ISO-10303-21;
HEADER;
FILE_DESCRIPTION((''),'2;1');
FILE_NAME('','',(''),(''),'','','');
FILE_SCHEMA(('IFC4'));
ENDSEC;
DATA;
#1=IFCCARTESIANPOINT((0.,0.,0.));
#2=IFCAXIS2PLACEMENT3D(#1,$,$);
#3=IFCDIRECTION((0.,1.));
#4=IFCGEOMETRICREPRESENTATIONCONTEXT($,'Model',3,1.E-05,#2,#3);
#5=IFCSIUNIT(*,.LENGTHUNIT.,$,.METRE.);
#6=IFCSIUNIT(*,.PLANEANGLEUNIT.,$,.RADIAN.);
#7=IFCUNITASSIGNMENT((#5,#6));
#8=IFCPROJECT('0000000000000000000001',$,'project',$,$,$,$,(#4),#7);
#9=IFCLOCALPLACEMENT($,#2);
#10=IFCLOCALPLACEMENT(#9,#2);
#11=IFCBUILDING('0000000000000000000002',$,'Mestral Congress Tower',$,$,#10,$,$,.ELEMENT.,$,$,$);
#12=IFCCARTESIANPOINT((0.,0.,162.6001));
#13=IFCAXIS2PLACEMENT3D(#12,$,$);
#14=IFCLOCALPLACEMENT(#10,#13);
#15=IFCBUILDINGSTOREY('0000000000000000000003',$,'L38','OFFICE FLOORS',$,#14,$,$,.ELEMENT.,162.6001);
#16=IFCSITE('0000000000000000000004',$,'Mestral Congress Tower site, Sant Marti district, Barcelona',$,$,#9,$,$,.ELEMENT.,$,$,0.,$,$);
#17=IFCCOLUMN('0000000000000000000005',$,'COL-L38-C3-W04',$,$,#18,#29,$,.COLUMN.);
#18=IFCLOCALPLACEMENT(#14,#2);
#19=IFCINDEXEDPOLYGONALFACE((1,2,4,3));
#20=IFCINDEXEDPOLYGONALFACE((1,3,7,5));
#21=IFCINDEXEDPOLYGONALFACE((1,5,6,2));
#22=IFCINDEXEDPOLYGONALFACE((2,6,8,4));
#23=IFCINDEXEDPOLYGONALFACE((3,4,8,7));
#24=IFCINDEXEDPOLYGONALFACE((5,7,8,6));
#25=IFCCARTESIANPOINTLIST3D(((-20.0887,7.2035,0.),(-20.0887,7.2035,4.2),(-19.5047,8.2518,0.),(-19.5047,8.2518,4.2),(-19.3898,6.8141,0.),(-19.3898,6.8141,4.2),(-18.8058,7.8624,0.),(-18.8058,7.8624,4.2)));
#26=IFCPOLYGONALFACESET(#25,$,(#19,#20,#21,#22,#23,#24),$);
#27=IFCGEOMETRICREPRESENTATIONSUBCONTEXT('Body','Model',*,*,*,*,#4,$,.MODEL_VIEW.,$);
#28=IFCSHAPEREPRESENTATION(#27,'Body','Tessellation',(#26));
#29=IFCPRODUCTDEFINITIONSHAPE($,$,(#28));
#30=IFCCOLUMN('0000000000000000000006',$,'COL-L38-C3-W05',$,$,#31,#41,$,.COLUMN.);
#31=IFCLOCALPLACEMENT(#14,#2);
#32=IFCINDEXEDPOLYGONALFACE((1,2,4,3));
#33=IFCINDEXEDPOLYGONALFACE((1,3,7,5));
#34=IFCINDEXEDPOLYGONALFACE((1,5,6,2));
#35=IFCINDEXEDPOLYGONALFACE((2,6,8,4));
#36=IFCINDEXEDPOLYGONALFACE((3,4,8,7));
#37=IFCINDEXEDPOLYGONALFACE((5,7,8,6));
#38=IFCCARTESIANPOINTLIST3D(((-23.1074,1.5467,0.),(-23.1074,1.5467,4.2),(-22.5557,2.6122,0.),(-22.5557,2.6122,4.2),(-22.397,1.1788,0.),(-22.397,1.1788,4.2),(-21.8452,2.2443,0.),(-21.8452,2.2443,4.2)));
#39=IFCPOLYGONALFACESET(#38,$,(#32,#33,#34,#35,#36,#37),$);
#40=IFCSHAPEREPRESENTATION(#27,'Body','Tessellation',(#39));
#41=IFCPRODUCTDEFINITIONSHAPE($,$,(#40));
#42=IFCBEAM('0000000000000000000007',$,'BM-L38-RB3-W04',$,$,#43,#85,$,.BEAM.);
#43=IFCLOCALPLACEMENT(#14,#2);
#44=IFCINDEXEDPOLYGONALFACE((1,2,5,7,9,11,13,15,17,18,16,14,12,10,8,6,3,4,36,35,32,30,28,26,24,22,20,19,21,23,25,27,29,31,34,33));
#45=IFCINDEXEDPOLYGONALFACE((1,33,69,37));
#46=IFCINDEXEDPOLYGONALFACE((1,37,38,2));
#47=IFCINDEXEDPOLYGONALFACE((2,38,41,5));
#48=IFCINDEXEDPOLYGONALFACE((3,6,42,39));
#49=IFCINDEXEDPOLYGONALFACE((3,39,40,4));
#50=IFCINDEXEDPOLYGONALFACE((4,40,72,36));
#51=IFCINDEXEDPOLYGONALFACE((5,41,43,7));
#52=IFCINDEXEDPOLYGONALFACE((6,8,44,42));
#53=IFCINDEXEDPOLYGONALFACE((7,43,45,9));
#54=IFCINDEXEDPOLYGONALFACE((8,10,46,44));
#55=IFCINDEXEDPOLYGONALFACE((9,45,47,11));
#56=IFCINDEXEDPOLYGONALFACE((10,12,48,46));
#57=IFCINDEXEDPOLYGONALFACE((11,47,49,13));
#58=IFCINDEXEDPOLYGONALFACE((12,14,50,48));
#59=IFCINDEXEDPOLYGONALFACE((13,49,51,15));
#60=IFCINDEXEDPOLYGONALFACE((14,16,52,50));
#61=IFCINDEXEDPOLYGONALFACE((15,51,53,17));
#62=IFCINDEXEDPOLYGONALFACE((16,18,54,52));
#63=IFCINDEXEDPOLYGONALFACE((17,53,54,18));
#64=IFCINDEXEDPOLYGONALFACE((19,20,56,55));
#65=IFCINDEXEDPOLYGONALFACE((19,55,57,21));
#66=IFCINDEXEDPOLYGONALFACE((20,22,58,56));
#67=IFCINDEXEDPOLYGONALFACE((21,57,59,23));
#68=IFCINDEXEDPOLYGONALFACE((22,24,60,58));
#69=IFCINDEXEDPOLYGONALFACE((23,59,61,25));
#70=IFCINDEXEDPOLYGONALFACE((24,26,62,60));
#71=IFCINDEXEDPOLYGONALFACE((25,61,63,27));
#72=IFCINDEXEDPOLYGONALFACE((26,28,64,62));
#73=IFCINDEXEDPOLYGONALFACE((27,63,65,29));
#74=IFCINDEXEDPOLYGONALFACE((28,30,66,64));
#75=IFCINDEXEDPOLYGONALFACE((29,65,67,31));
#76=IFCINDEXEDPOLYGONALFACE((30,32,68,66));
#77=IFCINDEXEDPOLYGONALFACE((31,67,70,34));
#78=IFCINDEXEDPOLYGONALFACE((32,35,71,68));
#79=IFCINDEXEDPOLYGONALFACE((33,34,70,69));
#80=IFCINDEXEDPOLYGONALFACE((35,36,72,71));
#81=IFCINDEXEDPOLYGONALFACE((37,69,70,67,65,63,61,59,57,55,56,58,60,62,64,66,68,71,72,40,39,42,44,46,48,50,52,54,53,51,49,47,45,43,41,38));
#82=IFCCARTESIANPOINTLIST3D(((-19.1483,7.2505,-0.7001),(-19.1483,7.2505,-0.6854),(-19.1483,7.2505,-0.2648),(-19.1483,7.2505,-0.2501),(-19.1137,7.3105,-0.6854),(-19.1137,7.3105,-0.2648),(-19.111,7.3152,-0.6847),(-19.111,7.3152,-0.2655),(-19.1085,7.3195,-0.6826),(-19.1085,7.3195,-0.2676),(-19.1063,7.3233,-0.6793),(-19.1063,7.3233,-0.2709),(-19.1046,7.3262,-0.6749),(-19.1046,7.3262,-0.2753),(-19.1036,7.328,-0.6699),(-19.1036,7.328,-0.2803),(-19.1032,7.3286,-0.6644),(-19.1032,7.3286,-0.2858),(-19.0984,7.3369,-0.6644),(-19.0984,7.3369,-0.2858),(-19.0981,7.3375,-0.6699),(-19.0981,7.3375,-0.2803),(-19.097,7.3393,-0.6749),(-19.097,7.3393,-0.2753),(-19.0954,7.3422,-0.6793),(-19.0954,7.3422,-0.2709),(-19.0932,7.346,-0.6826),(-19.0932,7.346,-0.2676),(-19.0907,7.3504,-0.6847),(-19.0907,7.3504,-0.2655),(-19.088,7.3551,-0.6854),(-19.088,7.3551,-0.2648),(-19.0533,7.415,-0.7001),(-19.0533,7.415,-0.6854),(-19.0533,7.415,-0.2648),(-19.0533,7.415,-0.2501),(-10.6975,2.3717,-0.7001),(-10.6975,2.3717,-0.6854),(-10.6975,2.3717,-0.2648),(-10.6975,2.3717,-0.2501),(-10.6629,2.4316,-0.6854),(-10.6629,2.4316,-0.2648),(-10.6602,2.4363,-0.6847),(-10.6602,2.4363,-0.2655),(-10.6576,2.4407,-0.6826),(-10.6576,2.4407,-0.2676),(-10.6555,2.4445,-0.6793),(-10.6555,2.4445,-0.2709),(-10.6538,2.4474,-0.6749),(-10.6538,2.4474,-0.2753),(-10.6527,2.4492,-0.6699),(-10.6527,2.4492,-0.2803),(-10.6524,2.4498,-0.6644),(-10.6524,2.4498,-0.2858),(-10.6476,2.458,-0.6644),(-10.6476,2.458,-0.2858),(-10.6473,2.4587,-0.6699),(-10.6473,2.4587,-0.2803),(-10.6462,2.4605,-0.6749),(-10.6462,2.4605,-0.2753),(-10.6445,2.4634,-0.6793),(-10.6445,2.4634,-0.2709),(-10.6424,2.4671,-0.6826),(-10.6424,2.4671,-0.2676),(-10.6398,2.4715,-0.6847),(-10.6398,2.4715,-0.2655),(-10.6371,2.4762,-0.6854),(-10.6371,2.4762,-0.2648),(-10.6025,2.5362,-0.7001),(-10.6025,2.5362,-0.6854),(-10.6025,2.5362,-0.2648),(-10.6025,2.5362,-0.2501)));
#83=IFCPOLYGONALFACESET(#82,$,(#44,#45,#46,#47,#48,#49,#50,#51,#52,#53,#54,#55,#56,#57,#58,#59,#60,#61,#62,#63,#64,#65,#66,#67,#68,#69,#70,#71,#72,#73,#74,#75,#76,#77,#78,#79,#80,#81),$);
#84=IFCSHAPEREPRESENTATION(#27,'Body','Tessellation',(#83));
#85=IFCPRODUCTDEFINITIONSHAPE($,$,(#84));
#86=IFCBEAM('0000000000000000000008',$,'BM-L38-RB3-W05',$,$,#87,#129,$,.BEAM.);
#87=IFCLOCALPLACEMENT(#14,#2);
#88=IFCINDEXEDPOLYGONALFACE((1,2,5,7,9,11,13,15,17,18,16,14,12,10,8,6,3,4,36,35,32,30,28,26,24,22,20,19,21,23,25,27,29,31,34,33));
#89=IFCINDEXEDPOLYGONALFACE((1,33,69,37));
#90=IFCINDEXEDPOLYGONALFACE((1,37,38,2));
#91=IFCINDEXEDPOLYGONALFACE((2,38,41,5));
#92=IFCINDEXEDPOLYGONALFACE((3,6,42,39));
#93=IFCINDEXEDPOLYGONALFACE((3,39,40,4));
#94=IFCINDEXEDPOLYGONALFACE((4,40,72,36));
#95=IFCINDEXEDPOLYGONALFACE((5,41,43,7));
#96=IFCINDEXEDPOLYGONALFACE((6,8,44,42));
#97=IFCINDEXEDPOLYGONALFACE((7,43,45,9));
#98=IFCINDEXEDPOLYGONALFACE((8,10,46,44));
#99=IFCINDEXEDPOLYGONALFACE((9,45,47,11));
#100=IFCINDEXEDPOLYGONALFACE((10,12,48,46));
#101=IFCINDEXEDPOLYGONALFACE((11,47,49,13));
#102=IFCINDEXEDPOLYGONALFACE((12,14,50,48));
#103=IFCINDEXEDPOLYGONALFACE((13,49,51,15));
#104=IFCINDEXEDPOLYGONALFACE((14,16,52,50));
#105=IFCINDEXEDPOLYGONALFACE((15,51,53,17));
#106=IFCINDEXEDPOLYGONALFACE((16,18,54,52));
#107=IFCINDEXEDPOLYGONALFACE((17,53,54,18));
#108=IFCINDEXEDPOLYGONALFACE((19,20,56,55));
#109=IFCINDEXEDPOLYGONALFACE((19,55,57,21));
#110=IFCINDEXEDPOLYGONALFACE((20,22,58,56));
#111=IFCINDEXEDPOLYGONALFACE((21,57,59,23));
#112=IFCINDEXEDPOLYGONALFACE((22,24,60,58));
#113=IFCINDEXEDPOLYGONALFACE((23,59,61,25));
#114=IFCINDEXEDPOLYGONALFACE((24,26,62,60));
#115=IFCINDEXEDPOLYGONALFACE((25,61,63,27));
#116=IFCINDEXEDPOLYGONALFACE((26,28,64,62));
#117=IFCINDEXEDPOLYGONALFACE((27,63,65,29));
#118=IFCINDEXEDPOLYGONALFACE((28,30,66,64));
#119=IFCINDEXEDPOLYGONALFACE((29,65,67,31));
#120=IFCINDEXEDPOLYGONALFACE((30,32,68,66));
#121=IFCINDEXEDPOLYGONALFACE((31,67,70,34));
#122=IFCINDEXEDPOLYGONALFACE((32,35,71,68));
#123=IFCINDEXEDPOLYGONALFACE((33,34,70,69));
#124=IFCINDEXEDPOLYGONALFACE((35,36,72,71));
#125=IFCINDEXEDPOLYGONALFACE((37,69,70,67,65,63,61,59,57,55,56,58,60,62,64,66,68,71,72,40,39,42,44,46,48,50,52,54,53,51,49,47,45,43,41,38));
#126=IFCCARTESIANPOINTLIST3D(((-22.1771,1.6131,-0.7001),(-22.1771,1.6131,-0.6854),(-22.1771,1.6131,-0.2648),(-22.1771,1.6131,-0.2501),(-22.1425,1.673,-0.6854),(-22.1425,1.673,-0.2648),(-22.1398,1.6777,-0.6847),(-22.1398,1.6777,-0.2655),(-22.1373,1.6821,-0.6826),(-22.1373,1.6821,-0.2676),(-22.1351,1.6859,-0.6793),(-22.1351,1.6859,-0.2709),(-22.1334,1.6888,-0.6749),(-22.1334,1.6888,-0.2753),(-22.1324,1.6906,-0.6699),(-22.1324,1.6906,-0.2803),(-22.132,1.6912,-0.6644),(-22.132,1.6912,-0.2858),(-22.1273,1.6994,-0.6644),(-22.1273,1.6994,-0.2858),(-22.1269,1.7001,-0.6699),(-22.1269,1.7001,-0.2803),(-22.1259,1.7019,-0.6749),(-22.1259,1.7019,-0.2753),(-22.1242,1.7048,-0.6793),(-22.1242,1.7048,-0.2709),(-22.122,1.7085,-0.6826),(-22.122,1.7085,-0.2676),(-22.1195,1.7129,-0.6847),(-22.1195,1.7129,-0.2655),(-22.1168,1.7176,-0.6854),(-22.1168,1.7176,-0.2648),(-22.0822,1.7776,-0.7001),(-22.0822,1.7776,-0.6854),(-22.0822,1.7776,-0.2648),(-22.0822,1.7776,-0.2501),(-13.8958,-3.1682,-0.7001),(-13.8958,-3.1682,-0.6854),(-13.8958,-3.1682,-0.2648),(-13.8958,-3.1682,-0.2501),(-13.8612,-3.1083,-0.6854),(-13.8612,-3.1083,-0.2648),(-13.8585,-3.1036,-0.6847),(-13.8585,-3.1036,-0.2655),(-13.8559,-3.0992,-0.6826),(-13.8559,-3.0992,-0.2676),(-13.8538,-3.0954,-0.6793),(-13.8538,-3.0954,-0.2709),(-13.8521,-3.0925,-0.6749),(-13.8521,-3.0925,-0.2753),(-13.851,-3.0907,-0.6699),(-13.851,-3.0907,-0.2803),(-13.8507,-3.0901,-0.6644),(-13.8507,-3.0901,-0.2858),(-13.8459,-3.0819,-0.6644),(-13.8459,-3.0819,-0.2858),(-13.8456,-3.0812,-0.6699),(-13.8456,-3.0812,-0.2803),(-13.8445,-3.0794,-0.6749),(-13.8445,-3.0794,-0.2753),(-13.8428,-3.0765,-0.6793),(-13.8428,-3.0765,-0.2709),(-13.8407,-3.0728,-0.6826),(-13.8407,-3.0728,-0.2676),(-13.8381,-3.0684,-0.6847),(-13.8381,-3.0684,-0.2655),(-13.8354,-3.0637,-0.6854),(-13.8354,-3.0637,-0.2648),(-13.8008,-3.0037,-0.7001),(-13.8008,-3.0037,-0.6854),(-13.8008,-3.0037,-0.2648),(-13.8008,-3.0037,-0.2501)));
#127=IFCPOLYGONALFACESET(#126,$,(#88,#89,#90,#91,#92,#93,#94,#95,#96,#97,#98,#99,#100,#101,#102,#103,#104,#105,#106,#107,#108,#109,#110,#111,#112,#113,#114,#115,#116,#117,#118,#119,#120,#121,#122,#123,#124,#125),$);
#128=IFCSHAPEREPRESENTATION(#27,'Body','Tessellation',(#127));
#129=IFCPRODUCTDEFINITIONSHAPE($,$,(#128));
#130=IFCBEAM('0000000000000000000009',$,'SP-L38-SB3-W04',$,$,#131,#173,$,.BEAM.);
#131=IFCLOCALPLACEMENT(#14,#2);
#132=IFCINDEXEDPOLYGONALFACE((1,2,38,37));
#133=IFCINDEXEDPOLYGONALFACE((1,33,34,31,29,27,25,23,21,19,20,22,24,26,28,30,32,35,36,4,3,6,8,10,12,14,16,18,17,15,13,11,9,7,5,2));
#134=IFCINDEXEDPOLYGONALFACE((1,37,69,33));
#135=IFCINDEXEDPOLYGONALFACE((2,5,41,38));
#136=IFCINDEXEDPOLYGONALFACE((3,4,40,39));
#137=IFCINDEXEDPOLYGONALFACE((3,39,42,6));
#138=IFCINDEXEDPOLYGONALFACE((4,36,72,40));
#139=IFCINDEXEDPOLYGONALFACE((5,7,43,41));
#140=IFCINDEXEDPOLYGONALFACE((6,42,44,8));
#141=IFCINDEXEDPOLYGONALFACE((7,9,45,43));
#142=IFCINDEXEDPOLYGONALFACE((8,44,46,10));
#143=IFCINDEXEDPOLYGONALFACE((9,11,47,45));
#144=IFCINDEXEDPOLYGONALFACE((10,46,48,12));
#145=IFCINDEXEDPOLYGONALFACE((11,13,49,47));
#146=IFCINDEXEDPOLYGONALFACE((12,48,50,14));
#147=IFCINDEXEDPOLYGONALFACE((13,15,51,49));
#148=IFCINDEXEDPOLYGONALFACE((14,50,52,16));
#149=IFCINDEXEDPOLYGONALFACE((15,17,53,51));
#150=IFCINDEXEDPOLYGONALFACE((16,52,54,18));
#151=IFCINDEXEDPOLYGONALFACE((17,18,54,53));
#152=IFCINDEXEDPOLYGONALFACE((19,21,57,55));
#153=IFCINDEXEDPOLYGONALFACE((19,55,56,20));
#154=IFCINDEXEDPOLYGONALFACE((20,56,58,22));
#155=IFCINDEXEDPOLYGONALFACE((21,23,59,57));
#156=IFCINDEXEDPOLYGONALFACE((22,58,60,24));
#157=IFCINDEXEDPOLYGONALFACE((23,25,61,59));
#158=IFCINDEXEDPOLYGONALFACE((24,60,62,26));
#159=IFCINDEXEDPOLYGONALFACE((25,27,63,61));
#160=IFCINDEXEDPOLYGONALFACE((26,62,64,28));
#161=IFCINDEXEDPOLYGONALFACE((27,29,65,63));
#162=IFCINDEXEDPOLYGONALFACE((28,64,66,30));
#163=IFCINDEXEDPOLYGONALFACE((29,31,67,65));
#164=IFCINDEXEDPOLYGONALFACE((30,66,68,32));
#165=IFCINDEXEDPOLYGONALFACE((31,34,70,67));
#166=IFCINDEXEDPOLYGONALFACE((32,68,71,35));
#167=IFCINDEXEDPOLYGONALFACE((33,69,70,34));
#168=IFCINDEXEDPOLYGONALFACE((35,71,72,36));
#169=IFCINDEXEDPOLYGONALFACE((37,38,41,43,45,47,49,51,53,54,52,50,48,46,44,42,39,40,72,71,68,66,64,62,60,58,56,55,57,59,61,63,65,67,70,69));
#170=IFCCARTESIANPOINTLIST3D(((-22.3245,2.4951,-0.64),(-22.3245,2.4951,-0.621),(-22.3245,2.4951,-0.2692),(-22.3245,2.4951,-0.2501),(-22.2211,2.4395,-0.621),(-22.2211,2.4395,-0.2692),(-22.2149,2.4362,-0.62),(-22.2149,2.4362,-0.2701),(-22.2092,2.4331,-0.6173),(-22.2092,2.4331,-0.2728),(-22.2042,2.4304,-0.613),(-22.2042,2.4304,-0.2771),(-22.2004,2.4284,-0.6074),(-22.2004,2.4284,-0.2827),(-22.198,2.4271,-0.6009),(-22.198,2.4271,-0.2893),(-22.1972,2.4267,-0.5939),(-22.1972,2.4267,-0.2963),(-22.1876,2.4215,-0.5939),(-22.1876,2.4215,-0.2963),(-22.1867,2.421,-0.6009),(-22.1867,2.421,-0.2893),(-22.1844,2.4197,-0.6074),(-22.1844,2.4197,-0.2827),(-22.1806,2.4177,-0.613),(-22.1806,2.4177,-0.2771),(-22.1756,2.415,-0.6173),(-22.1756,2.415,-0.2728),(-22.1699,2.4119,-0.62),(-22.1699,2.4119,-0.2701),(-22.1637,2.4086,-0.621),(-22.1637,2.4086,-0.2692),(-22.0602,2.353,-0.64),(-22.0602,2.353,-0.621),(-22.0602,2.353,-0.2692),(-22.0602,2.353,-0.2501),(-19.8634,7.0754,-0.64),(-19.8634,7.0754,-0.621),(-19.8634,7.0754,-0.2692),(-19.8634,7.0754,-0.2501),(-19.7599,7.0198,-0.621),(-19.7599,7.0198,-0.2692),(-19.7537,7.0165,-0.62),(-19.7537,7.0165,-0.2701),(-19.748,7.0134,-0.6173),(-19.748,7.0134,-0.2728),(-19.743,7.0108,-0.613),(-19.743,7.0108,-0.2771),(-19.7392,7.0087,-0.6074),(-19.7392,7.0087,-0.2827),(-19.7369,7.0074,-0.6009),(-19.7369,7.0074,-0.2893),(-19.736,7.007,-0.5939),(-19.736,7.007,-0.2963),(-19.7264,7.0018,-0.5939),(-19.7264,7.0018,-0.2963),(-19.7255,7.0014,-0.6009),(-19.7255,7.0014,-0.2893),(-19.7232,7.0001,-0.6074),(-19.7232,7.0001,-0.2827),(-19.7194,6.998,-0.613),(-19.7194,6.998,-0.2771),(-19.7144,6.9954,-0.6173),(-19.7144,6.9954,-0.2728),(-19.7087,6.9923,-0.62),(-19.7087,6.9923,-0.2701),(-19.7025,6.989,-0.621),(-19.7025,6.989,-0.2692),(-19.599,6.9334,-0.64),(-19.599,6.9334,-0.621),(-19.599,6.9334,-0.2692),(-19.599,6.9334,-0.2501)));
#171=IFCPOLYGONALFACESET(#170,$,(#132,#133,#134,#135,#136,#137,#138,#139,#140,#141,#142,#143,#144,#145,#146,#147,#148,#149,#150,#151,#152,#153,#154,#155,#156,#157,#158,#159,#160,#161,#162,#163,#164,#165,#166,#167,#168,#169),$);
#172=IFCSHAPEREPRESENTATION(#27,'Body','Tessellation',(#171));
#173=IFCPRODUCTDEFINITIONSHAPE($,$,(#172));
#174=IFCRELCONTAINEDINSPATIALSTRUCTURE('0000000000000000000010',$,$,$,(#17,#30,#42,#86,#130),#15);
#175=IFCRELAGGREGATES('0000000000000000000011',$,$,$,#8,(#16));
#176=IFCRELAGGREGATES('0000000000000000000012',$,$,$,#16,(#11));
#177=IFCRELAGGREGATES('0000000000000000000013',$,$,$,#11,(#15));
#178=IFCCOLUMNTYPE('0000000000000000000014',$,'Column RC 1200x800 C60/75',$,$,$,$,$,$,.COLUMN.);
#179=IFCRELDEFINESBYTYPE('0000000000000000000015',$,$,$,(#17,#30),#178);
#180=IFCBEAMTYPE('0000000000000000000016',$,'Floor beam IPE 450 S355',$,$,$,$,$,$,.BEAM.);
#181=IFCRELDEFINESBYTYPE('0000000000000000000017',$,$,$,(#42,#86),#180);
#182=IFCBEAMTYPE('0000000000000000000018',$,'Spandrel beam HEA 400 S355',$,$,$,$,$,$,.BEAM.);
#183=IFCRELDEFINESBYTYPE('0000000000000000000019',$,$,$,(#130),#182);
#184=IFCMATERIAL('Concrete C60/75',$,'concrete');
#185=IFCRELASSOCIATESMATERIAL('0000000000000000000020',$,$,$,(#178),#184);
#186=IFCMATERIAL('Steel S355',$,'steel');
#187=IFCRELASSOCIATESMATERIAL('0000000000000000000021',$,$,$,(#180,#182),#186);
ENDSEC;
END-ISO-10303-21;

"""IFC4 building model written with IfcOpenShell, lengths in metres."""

from ifc_helpers import new_model, si_unit, direction, frame, origin, origin_2d, place, context, subcontext, project, spatial, rectangle, i_section, extrude, material, material_profile, profile_set, type_object, element, save


model = new_model("IFC4")

# Units and contexts
model_context = context("Model", 3, precision=1e-05, world=origin(), true_north=direction((0.0, 1.0)))
body_context = subcontext(model_context, "Body", "Model", "MODEL_VIEW")
ifc_project = project(units=[si_unit("LENGTHUNIT", "METRE"), si_unit("PLANEANGLEUNIT", "RADIAN")], contexts=[model_context])

# Site, building, storey
site_placement = place(None, origin())
site = spatial("IfcSite", under=ifc_project, at=site_placement, Name="Mestral Congress Tower site, Sant Marti district, Barcelona", CompositionType="ELEMENT", RefElevation=0.0)
building_placement = place(site_placement, origin())
building = spatial("IfcBuilding", under=site, at=building_placement, Name="Mestral Congress Tower", CompositionType="ELEMENT")
storey_placement = place(building_placement, frame((0.0, 0.0, 162.6001)))
storey = spatial("IfcBuildingStorey", under=building, at=storey_placement, Name="L38", Description="OFFICE FLOORS", CompositionType="ELEMENT", Elevation=162.6001)

# Columns
ifc_material_1 = material(Name="Concrete C60/75", Category="concrete")
ifc_material_profile_1 = material_profile(ifc_material_1, rectangle(XDim=1.2, YDim=0.8, at=origin_2d()), Name="RC 1200x800")
ifc_profile_set_1 = profile_set([ifc_material_profile_1], Name="Concrete C60/75")
column_type = type_object("IfcColumnType", Name="Column RC 1200x800 C60/75", PredefinedType="COLUMN", material=ifc_profile_set_1)
for number, where, z_axis, x_axis, name in (
    (1, (-19.4473, 7.533, 0.0), (0.0, 0.0, 1.0), (-0.486724, -0.873556, 0.0), "COL-L38-C3-W04"),
    (2, (-22.4763, 1.8955, 0.0), (0.0, 0.0, 1.0), (-0.459837, -0.888003, 0.0), "COL-L38-C3-W05"),
):
    element("IfcColumn", number, at=place(storey_placement, frame(where, z_axis=z_axis, x_axis=x_axis)), inside=storey, type_object=column_type, Name=name, PredefinedType="COLUMN", context=body_context, shape_type="SweptSolid", body=[
        extrude(rectangle(XDim=1.2, YDim=0.8, at=origin_2d()), origin(), (0.0, 0.0, 1.0), 4.2),
    ])

# Beams
ifc_material_2 = material(Name="Steel S355", Category="steel")
ifc_material_profile_2 = material_profile(ifc_material_2, i_section(OverallWidth=0.1899, OverallDepth=0.45, WebThickness=0.0095, FlangeThickness=0.0146, FilletRadius=0.021, at=origin_2d()), Name="IPE 450")
ifc_profile_set_2 = profile_set([ifc_material_profile_2], Name="Steel S355")
beam_type_1 = type_object("IfcBeamType", Name="Floor beam IPE 450 S355", PredefinedType="BEAM", material=ifc_profile_set_2)
beam_1_placement = place(storey_placement, frame((-19.1008, 7.3328, -0.4751), z_axis=(0.866036, -0.499982, 0.0), x_axis=(0.499982, 0.866036, 0.0)))
element("IfcBeam", 3, at=beam_1_placement, inside=storey, type_object=beam_type_1, Name="BM-L38-RB3-W04", PredefinedType="BEAM", context=body_context, shape_type="SweptSolid", body=[
    extrude(i_section(OverallWidth=0.1899, OverallDepth=0.45, WebThickness=0.0095, FlangeThickness=0.0146, FilletRadius=0.021, at=origin_2d()), origin(), (0.0, 0.0, 1.0), 9.7581),
])
beam_2_placement = place(storey_placement, frame((-22.1296, 1.6953, -0.4751), z_axis=(0.866022, -0.500005, 0.0), x_axis=(0.500005, 0.866022, 0.0)))
element("IfcBeam", 4, at=beam_2_placement, inside=storey, type_object=beam_type_1, Name="BM-L38-RB3-W05", PredefinedType="BEAM", context=body_context, shape_type="SweptSolid", body=[
    extrude(i_section(OverallWidth=0.1899, OverallDepth=0.45, WebThickness=0.0095, FlangeThickness=0.0146, FilletRadius=0.021, at=origin_2d()), origin(), (0.0, 0.0, 1.0), 9.5625),
])
ifc_material_profile_3 = material_profile(ifc_material_2, i_section(OverallWidth=0.3, OverallDepth=0.3899, WebThickness=0.011, FlangeThickness=0.019, FilletRadius=0.0271, at=origin_2d()), Name="HEA 400")
ifc_profile_set_3 = profile_set([ifc_material_profile_3], Name="Steel S355")
beam_type_2 = type_object("IfcBeamType", Name="Spandrel beam HEA 400 S355", PredefinedType="BEAM", material=ifc_profile_set_3)
beam_3_placement = place(storey_placement, frame((-19.7312, 7.0044, -0.4451), z_axis=(-0.473332, -0.880884, 0.0), x_axis=(0.880884, -0.473332, 0.0)))
element("IfcBeam", 5, at=beam_3_placement, inside=storey, type_object=beam_type_2, Name="SP-L38-SB3-W04", PredefinedType="BEAM", context=body_context, shape_type="SweptSolid", body=[
    extrude(i_section(OverallWidth=0.3, OverallDepth=0.3899, WebThickness=0.011, FlangeThickness=0.019, FilletRadius=0.0271, at=origin_2d()), origin(), (0.0, 0.0, 1.0), 5.1997),
])

save(model, "model.ifc")
